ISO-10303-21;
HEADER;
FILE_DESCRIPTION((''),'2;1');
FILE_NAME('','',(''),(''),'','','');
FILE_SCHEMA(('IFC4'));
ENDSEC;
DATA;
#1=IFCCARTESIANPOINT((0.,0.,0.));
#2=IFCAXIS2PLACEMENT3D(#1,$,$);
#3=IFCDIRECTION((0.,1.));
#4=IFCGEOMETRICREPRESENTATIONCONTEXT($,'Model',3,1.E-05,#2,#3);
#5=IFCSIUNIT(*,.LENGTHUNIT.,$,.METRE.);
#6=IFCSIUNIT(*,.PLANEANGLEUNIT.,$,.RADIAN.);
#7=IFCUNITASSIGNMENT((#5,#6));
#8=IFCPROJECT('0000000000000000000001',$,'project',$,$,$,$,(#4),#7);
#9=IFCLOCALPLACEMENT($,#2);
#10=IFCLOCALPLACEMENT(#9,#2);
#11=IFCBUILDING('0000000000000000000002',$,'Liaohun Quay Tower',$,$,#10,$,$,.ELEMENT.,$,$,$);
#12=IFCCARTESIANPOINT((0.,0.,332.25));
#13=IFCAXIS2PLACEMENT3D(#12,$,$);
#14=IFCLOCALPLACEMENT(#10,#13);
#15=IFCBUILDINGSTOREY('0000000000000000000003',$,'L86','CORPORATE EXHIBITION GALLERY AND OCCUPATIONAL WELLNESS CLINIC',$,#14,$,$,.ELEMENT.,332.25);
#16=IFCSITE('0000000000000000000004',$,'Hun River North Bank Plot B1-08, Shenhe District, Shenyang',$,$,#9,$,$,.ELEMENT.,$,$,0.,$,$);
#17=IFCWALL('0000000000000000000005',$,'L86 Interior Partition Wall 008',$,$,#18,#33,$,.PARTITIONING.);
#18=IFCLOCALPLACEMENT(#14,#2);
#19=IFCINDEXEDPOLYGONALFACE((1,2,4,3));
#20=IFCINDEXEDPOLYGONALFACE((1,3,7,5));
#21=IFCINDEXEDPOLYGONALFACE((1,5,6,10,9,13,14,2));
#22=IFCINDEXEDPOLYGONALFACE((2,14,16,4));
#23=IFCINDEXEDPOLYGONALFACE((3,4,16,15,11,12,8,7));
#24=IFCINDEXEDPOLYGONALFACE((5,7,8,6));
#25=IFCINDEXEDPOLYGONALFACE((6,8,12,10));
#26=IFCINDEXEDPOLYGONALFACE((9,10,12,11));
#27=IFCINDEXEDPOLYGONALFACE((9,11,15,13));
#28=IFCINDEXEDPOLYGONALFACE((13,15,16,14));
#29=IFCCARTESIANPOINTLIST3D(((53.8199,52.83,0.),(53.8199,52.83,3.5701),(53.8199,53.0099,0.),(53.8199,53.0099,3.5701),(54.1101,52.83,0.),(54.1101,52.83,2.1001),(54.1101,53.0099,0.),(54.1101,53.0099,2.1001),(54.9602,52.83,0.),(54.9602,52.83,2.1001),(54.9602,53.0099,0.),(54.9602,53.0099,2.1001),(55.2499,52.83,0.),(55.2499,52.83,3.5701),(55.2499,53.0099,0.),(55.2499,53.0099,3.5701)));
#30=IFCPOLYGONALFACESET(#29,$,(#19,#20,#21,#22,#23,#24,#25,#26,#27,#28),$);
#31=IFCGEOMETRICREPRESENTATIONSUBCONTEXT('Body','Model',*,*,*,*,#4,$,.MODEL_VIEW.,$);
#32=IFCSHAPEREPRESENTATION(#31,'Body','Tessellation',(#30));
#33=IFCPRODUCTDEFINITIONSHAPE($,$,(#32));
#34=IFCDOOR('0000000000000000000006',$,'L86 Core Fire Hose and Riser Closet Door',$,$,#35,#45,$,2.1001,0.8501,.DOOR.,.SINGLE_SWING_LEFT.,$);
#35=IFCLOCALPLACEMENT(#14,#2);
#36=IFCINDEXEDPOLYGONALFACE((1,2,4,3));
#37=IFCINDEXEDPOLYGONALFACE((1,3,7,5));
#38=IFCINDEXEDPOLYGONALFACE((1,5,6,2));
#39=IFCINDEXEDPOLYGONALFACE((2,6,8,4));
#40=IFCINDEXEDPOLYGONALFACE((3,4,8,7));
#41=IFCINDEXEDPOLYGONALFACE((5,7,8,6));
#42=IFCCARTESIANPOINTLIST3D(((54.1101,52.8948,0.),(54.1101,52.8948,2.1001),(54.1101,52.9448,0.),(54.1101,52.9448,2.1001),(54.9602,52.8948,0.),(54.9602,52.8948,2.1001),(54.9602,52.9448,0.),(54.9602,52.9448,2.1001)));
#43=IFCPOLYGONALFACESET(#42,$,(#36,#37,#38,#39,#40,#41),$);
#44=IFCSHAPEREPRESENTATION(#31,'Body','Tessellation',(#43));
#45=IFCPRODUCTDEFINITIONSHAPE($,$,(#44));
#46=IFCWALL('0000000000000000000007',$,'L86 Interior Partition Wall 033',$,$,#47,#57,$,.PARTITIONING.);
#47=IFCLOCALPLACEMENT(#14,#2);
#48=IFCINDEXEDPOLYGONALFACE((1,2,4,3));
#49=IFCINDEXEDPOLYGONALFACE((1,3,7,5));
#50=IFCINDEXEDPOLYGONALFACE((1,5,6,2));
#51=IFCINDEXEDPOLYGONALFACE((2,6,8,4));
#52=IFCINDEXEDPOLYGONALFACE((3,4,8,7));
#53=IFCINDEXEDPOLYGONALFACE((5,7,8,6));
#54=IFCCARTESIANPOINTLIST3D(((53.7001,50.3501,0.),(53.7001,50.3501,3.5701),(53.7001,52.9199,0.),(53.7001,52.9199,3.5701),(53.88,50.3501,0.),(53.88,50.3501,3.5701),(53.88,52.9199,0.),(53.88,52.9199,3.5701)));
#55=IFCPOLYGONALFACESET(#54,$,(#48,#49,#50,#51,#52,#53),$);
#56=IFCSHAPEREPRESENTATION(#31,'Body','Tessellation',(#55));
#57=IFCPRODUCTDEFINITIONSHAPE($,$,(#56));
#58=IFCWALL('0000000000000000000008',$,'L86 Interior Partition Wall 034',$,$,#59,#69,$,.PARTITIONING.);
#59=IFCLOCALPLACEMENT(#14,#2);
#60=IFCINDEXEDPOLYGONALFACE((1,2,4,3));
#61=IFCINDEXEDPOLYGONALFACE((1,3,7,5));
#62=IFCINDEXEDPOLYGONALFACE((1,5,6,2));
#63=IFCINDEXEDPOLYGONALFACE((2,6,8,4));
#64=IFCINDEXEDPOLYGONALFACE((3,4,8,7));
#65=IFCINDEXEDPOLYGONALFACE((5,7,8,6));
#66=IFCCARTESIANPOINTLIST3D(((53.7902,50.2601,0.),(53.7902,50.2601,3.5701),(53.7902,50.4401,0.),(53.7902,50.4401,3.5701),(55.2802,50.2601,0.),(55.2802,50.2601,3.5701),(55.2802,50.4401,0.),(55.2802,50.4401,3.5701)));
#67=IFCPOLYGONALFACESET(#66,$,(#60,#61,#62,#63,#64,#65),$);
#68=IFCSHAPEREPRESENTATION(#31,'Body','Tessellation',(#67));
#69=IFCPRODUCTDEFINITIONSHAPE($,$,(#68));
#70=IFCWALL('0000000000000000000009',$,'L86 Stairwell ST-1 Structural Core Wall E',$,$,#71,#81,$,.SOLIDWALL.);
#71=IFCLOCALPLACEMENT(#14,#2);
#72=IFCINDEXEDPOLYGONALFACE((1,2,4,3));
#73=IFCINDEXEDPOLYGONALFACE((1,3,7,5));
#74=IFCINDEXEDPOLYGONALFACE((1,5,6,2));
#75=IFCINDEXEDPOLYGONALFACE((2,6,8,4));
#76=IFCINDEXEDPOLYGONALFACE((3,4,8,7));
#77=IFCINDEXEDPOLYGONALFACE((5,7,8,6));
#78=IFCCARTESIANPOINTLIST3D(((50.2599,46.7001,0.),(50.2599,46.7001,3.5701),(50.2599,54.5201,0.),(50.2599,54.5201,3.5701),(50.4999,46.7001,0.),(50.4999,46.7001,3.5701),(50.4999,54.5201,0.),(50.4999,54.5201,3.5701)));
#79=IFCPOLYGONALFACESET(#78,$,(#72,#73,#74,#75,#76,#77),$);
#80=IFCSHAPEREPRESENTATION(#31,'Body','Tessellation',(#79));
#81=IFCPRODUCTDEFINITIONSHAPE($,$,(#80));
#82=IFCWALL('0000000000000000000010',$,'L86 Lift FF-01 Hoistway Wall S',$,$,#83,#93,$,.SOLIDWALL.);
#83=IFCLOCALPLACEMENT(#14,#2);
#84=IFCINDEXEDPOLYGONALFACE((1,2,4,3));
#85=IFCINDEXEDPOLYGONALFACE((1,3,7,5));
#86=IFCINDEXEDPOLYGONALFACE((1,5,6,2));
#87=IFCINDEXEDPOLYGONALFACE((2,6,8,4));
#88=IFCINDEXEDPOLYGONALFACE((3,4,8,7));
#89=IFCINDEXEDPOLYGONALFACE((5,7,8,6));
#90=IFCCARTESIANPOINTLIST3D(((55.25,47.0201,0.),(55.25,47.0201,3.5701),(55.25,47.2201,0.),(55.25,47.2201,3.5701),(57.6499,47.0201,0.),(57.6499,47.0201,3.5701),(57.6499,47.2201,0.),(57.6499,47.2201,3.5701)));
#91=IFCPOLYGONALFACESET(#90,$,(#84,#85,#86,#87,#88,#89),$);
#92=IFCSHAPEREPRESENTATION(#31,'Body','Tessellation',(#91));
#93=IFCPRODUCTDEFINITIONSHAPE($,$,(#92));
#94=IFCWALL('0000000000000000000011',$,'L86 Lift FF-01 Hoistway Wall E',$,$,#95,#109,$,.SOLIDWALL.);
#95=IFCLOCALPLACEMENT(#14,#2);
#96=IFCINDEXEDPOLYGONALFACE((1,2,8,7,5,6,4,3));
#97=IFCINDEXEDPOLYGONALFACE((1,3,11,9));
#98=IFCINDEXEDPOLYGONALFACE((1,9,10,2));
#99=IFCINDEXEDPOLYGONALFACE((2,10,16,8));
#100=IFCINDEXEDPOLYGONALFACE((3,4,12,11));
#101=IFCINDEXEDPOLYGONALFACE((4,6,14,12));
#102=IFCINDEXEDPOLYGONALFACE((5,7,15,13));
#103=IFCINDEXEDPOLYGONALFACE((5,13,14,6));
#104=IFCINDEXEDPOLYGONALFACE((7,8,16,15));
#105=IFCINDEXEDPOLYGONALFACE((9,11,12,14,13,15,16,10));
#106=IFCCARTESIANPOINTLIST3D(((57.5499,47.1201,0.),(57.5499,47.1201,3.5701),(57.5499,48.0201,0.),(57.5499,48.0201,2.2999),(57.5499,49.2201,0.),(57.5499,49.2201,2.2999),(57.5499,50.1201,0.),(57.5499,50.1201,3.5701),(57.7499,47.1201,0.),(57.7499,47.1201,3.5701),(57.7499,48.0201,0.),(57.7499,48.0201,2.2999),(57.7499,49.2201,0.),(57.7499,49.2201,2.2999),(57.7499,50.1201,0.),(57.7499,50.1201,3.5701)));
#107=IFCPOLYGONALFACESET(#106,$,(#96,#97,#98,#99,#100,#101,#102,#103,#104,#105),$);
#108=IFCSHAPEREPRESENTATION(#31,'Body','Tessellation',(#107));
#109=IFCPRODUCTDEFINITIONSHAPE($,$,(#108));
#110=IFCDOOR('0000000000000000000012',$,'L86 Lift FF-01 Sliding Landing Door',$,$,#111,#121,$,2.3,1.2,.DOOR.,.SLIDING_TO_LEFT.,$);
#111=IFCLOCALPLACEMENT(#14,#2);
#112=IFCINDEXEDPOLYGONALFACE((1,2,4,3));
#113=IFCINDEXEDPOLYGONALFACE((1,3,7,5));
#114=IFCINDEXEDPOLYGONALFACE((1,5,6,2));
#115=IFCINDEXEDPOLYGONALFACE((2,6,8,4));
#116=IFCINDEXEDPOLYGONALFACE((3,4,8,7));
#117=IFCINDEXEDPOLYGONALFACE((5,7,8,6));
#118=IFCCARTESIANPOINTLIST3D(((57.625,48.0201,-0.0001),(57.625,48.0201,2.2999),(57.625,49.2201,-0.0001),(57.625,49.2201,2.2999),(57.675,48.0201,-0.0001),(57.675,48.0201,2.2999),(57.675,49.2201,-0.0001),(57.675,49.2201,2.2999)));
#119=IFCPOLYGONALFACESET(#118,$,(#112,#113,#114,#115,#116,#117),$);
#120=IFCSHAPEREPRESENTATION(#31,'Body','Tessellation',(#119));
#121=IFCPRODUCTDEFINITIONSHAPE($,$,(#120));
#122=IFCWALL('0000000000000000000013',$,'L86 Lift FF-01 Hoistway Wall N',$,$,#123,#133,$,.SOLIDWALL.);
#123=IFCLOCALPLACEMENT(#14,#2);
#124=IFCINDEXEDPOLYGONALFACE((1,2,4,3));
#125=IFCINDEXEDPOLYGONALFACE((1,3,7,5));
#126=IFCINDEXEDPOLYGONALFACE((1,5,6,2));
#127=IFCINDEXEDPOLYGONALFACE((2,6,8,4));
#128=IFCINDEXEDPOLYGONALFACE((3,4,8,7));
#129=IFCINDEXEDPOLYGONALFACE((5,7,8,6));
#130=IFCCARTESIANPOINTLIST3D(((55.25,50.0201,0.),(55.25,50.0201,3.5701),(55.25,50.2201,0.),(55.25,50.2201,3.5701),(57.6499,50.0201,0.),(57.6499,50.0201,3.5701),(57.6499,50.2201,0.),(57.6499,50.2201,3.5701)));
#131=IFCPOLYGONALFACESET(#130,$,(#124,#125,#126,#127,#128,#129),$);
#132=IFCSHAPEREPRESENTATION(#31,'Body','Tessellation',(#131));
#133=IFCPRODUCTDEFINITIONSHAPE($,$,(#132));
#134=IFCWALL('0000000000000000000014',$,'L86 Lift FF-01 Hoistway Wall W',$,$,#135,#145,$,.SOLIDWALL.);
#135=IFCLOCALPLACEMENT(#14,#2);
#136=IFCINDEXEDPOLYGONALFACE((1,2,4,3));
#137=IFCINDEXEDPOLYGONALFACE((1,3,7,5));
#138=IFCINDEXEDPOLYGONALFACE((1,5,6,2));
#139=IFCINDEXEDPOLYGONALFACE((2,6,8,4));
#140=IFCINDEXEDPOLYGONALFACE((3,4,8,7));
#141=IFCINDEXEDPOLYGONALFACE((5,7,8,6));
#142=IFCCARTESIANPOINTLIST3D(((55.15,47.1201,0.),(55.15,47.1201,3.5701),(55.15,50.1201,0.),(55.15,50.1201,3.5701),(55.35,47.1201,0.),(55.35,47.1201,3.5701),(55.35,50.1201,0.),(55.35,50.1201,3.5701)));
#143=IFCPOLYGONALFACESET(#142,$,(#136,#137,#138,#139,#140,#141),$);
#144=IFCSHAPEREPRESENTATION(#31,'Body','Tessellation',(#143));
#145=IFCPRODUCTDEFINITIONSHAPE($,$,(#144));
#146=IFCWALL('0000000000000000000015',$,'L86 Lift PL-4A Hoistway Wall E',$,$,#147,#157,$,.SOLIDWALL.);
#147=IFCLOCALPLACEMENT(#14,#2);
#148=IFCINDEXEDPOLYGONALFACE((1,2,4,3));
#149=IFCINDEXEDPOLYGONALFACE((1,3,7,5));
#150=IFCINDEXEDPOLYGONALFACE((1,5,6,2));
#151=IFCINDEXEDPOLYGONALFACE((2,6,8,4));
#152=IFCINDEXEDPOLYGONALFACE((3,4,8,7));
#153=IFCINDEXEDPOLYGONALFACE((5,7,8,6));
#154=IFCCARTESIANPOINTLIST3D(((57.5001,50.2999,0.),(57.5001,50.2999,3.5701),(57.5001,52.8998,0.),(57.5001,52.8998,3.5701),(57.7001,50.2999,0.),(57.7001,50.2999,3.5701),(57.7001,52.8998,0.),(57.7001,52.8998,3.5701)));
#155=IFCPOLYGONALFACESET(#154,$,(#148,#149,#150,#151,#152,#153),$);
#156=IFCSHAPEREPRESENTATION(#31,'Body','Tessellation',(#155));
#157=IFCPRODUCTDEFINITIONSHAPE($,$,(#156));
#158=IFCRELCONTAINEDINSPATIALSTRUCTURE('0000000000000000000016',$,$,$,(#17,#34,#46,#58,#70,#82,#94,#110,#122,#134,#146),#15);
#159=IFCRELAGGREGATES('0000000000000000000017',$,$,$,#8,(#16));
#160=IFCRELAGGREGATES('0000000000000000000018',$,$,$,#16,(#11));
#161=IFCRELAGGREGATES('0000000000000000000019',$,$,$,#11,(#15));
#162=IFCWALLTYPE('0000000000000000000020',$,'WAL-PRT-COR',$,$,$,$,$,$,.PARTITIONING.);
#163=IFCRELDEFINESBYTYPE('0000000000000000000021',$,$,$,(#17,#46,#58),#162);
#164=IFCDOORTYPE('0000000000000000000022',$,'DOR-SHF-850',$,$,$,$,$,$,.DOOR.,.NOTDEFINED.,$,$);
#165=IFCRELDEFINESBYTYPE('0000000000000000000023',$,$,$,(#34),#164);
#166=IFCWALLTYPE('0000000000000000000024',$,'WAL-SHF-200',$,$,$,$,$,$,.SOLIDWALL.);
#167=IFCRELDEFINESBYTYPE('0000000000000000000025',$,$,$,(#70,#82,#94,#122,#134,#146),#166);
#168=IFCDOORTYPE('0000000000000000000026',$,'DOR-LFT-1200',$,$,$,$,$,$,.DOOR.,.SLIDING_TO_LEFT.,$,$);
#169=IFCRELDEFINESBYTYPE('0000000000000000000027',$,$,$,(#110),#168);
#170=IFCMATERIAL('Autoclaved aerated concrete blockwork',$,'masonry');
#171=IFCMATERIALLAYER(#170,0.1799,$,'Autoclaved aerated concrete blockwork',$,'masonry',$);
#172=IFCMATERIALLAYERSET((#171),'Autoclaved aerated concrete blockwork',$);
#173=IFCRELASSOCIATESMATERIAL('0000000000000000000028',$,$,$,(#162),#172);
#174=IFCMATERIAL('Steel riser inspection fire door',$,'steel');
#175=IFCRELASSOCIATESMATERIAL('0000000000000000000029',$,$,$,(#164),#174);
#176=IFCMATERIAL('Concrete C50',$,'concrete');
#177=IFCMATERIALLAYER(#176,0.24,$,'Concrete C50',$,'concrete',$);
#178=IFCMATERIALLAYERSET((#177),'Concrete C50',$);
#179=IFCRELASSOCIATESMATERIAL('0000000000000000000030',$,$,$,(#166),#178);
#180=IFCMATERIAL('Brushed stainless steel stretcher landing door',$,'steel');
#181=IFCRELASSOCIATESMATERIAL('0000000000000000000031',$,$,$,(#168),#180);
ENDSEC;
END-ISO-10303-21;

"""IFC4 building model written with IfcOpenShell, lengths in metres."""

from ifc_helpers import new_model, si_unit, direction, frame, frame_2d, origin, place, context, subcontext, project, spatial, rectangle, extrude, source, transform, mapped, material, layer, layer_set, type_object, element, fill, save


model = new_model("IFC4")

# Units and contexts
model_context = context("Model", 3, precision=1e-05, world=origin(), true_north=direction((0.0, 1.0)))
body_context = subcontext(model_context, "Body", "Model", "MODEL_VIEW")
ifc_project = project(units=[si_unit("LENGTHUNIT", "METRE"), si_unit("PLANEANGLEUNIT", "RADIAN")], contexts=[model_context])

# Site, building, storey
site_placement = place(None, origin())
site = spatial("IfcSite", under=ifc_project, at=site_placement, Name="Hun River North Bank Plot B1-08, Shenhe District, Shenyang", CompositionType="ELEMENT", RefElevation=0.0)
building_placement = place(site_placement, origin())
building = spatial("IfcBuilding", under=site, at=building_placement, Name="Liaohun Quay Tower", CompositionType="ELEMENT")
storey_placement = place(building_placement, frame((0.0, 0.0, 332.25)))
storey = spatial("IfcBuildingStorey", under=building, at=storey_placement, Name="L86", Description="CORPORATE EXHIBITION GALLERY AND OCCUPATIONAL WELLNESS CLINIC", CompositionType="ELEMENT", Elevation=332.25)

# Shared definitions
ifc_material_1 = material(Name="Concrete C50", Category="concrete")

# Wall, opening, door
ifc_material_2 = material(Name="Autoclaved aerated concrete blockwork", Category="masonry")
ifc_layer_1 = layer(ifc_material_2, 0.1799, Name="Autoclaved aerated concrete blockwork", Category="masonry")
ifc_layer_set_1 = layer_set([ifc_layer_1], Name="Autoclaved aerated concrete blockwork")
wall_type_1 = type_object("IfcWallType", Name="WAL-PRT-COR", PredefinedType="PARTITIONING", material=ifc_layer_set_1)
wall_1_placement = place(storey_placement, frame((53.8201, 52.9199, 0.0), z_axis=(0.0, 0.0, 1.0), x_axis=(1.0, 0.0, 0.0)))
wall_1 = element("IfcWall", 1, at=wall_1_placement, inside=storey, type_object=wall_type_1, Name="L86 Interior Partition Wall 008", PredefinedType="PARTITIONING", context=body_context, shape_type="SweptSolid", body=[
    extrude(rectangle(XDim=1.4299, YDim=0.1799, at=frame_2d((0.7148, 0.0))), origin(), (0.0, 0.0, 1.0), 3.5701),
])
shared_shape_1 = source(origin(), body_context, "Body", "SweptSolid", [
    extrude(rectangle(XDim=0.8501, YDim=2.1001, at=frame_2d((0.425, 1.05))), frame((0.0, 0.0999, 0.0), z_axis=(0.0, -1.0, 0.0), x_axis=(1.0, 0.0, 0.0)), (0.0, 0.0, 1.0), 0.2),
])
opening_1_placement = place(wall_1_placement, frame((0.29, 0.0, 0.0)))
opening_1 = element("IfcOpeningElement", 2, at=opening_1_placement, cuts=wall_1, PredefinedType="OPENING", context=body_context, shape_type="MappedRepresentation", body=[
    mapped(shared_shape_1, transform((0.0, 0.0, 0.0), x_axis=(1.0, 0.0, 0.0), y_axis=(0.0, 1.0, 0.0), z_axis=(0.0, 0.0, 1.0), scale=1.0)),
])
ifc_material_3 = material(Name="Steel riser inspection fire door", Category="steel")
door_type_1 = type_object("IfcDoorType", Name="DOR-SHF-850", OperationType="NOTDEFINED", PredefinedType="DOOR", material=ifc_material_3)
shared_shape_2 = source(origin(), body_context, "Body", "SweptSolid", [
    extrude(rectangle(XDim=0.8501, YDim=2.1001, at=frame_2d((0.425, 1.05))), frame((0.0, 0.0249, 0.0), z_axis=(0.0, -1.0, 0.0), x_axis=(1.0, 0.0, 0.0)), (0.0, 0.0, 1.0), 0.05),
])
door_1_placement = place(opening_1_placement, origin())
door_1 = element("IfcDoor", 3, at=door_1_placement, inside=storey, type_object=door_type_1, Name="L86 Core Fire Hose and Riser Closet Door", OperationType="SINGLE_SWING_LEFT", OverallHeight=2.1001, OverallWidth=0.8501, PredefinedType="DOOR", context=body_context, shape_type="MappedRepresentation", body=[
    mapped(shared_shape_2, transform((0.0, 0.0, 0.0), x_axis=(1.0, 0.0, 0.0), y_axis=(0.0, 1.0, 0.0), z_axis=(0.0, 0.0, 1.0), scale=1.0)),
])
fill(opening_1, door_1)

# Walls
wall_2_placement = place(storey_placement, frame((53.79, 50.3501, 0.0), z_axis=(0.0, 0.0, 1.0), x_axis=(0.0, 1.0, 0.0)))
element("IfcWall", 4, at=wall_2_placement, inside=storey, type_object=wall_type_1, Name="L86 Interior Partition Wall 033", PredefinedType="PARTITIONING", context=body_context, shape_type="SweptSolid", body=[
    extrude(rectangle(XDim=2.5698, YDim=0.1799, at=frame_2d((1.2849, 0.0))), origin(), (0.0, 0.0, 1.0), 3.5701),
])
wall_3_placement = place(storey_placement, frame((53.79, 50.3501, 0.0), z_axis=(0.0, 0.0, 1.0), x_axis=(1.0, 0.0, 0.0)))
element("IfcWall", 5, at=wall_3_placement, inside=storey, type_object=wall_type_1, Name="L86 Interior Partition Wall 034", PredefinedType="PARTITIONING", context=body_context, shape_type="SweptSolid", body=[
    extrude(rectangle(XDim=1.49, YDim=0.1799, at=frame_2d((0.7451, 0.0))), origin(), (0.0, 0.0, 1.0), 3.5701),
])
ifc_layer_2 = layer(ifc_material_1, 0.24, Name="Concrete C50", Category="concrete")
ifc_layer_set_2 = layer_set([ifc_layer_2], Name="Concrete C50")
wall_type_2 = type_object("IfcWallType", Name="WAL-SHF-200", PredefinedType="SOLIDWALL", material=ifc_layer_set_2)
wall_4_placement = place(storey_placement, frame((50.3799, 46.7, 0.0), z_axis=(0.0, 0.0, 1.0), x_axis=(0.0, 1.0, 0.0)))
element("IfcWall", 6, at=wall_4_placement, inside=storey, type_object=wall_type_2, Name="L86 Stairwell ST-1 Structural Core Wall E", PredefinedType="SOLIDWALL", context=body_context, shape_type="SweptSolid", body=[
    extrude(rectangle(XDim=7.8201, YDim=0.24, at=frame_2d((3.9102, 0.0))), origin(), (0.0, 0.0, 1.0), 3.5701),
])
wall_5_placement = place(storey_placement, frame((55.25, 47.1201, 0.0), z_axis=(0.0, 0.0, 1.0), x_axis=(1.0, 0.0, 0.0)))
element("IfcWall", 7, at=wall_5_placement, inside=storey, type_object=wall_type_2, Name="L86 Lift FF-01 Hoistway Wall S", PredefinedType="SOLIDWALL", context=body_context, shape_type="SweptSolid", body=[
    extrude(rectangle(XDim=2.3999, YDim=0.2, at=frame_2d((1.2, 0.0))), origin(), (0.0, 0.0, 1.0), 3.5701),
])

# Wall, opening, door
wall_6_placement = place(storey_placement, frame((57.6499, 47.1201, 0.0), z_axis=(0.0, 0.0, 1.0), x_axis=(0.0, 1.0, 0.0)))
wall_6 = element("IfcWall", 8, at=wall_6_placement, inside=storey, type_object=wall_type_2, Name="L86 Lift FF-01 Hoistway Wall E", PredefinedType="SOLIDWALL", context=body_context, shape_type="SweptSolid", body=[
    extrude(rectangle(XDim=3.0, YDim=0.2, at=frame_2d((1.5, 0.0))), origin(), (0.0, 0.0, 1.0), 3.5701),
])
shared_shape_3 = source(origin(), body_context, "Body", "SweptSolid", [
    extrude(rectangle(XDim=1.2, YDim=2.3, at=frame_2d((0.6001, 1.1499))), frame((0.0, 0.1099, 0.0), z_axis=(0.0, -1.0, 0.0), x_axis=(1.0, 0.0, 0.0)), (0.0, 0.0, 1.0), 0.22),
])
opening_2_placement = place(wall_6_placement, frame((0.8999, 0.0, 0.0)))
opening_2 = element("IfcOpeningElement", 9, at=opening_2_placement, cuts=wall_6, PredefinedType="OPENING", context=body_context, shape_type="MappedRepresentation", body=[
    mapped(shared_shape_3, transform((0.0, 0.0, 0.0), x_axis=(1.0, 0.0, 0.0), y_axis=(0.0, 1.0, 0.0), z_axis=(0.0, 0.0, 1.0), scale=1.0)),
])
ifc_material_4 = material(Name="Brushed stainless steel stretcher landing door", Category="steel")
door_type_2 = type_object("IfcDoorType", Name="DOR-LFT-1200", OperationType="SLIDING_TO_LEFT", PredefinedType="DOOR", material=ifc_material_4)
shared_shape_4 = source(origin(), body_context, "Body", "SweptSolid", [
    extrude(rectangle(XDim=1.2, YDim=2.3, at=frame_2d((0.6001, 1.1499))), frame((0.0, 0.0249, 0.0), z_axis=(0.0, -1.0, 0.0), x_axis=(1.0, 0.0, 0.0)), (0.0, 0.0, 1.0), 0.05),
])
door_2_placement = place(opening_2_placement, origin())
door_2 = element("IfcDoor", 10, at=door_2_placement, inside=storey, type_object=door_type_2, Name="L86 Lift FF-01 Sliding Landing Door", OperationType="SLIDING_TO_LEFT", OverallHeight=2.3, OverallWidth=1.2, PredefinedType="DOOR", context=body_context, shape_type="MappedRepresentation", body=[
    mapped(shared_shape_4, transform((0.0, 0.0, 0.0), x_axis=(1.0, 0.0, 0.0), y_axis=(0.0, 1.0, 0.0), z_axis=(0.0, 0.0, 1.0), scale=1.0)),
])
fill(opening_2, door_2)

# Walls
wall_7_placement = place(storey_placement, frame((57.6499, 50.1201, 0.0), z_axis=(0.0, 0.0, 1.0), x_axis=(-1.0, 0.0, 0.0)))
element("IfcWall", 11, at=wall_7_placement, inside=storey, type_object=wall_type_2, Name="L86 Lift FF-01 Hoistway Wall N", PredefinedType="SOLIDWALL", context=body_context, shape_type="SweptSolid", body=[
    extrude(rectangle(XDim=2.3999, YDim=0.2, at=frame_2d((1.2, 0.0))), origin(), (0.0, 0.0, 1.0), 3.5701),
])
wall_8_placement = place(storey_placement, frame((55.25, 50.1201, 0.0), z_axis=(0.0, 0.0, 1.0), x_axis=(0.0, -1.0, 0.0)))
element("IfcWall", 12, at=wall_8_placement, inside=storey, type_object=wall_type_2, Name="L86 Lift FF-01 Hoistway Wall W", PredefinedType="SOLIDWALL", context=body_context, shape_type="SweptSolid", body=[
    extrude(rectangle(XDim=3.0, YDim=0.2, at=frame_2d((1.5, 0.0))), origin(), (0.0, 0.0, 1.0), 3.5701),
])
wall_9_placement = place(storey_placement, frame((57.6001, 50.3, 0.0), z_axis=(0.0, 0.0, 1.0), x_axis=(0.0, 1.0, 0.0)))
element("IfcWall", 13, at=wall_9_placement, inside=storey, type_object=wall_type_2, Name="L86 Lift PL-4A Hoistway Wall E", PredefinedType="SOLIDWALL", context=body_context, shape_type="SweptSolid", body=[
    extrude(rectangle(XDim=2.5999, YDim=0.2, at=frame_2d((1.2998, 0.0))), origin(), (0.0, 0.0, 1.0), 3.5701),
])

save(model, "model.ifc")
